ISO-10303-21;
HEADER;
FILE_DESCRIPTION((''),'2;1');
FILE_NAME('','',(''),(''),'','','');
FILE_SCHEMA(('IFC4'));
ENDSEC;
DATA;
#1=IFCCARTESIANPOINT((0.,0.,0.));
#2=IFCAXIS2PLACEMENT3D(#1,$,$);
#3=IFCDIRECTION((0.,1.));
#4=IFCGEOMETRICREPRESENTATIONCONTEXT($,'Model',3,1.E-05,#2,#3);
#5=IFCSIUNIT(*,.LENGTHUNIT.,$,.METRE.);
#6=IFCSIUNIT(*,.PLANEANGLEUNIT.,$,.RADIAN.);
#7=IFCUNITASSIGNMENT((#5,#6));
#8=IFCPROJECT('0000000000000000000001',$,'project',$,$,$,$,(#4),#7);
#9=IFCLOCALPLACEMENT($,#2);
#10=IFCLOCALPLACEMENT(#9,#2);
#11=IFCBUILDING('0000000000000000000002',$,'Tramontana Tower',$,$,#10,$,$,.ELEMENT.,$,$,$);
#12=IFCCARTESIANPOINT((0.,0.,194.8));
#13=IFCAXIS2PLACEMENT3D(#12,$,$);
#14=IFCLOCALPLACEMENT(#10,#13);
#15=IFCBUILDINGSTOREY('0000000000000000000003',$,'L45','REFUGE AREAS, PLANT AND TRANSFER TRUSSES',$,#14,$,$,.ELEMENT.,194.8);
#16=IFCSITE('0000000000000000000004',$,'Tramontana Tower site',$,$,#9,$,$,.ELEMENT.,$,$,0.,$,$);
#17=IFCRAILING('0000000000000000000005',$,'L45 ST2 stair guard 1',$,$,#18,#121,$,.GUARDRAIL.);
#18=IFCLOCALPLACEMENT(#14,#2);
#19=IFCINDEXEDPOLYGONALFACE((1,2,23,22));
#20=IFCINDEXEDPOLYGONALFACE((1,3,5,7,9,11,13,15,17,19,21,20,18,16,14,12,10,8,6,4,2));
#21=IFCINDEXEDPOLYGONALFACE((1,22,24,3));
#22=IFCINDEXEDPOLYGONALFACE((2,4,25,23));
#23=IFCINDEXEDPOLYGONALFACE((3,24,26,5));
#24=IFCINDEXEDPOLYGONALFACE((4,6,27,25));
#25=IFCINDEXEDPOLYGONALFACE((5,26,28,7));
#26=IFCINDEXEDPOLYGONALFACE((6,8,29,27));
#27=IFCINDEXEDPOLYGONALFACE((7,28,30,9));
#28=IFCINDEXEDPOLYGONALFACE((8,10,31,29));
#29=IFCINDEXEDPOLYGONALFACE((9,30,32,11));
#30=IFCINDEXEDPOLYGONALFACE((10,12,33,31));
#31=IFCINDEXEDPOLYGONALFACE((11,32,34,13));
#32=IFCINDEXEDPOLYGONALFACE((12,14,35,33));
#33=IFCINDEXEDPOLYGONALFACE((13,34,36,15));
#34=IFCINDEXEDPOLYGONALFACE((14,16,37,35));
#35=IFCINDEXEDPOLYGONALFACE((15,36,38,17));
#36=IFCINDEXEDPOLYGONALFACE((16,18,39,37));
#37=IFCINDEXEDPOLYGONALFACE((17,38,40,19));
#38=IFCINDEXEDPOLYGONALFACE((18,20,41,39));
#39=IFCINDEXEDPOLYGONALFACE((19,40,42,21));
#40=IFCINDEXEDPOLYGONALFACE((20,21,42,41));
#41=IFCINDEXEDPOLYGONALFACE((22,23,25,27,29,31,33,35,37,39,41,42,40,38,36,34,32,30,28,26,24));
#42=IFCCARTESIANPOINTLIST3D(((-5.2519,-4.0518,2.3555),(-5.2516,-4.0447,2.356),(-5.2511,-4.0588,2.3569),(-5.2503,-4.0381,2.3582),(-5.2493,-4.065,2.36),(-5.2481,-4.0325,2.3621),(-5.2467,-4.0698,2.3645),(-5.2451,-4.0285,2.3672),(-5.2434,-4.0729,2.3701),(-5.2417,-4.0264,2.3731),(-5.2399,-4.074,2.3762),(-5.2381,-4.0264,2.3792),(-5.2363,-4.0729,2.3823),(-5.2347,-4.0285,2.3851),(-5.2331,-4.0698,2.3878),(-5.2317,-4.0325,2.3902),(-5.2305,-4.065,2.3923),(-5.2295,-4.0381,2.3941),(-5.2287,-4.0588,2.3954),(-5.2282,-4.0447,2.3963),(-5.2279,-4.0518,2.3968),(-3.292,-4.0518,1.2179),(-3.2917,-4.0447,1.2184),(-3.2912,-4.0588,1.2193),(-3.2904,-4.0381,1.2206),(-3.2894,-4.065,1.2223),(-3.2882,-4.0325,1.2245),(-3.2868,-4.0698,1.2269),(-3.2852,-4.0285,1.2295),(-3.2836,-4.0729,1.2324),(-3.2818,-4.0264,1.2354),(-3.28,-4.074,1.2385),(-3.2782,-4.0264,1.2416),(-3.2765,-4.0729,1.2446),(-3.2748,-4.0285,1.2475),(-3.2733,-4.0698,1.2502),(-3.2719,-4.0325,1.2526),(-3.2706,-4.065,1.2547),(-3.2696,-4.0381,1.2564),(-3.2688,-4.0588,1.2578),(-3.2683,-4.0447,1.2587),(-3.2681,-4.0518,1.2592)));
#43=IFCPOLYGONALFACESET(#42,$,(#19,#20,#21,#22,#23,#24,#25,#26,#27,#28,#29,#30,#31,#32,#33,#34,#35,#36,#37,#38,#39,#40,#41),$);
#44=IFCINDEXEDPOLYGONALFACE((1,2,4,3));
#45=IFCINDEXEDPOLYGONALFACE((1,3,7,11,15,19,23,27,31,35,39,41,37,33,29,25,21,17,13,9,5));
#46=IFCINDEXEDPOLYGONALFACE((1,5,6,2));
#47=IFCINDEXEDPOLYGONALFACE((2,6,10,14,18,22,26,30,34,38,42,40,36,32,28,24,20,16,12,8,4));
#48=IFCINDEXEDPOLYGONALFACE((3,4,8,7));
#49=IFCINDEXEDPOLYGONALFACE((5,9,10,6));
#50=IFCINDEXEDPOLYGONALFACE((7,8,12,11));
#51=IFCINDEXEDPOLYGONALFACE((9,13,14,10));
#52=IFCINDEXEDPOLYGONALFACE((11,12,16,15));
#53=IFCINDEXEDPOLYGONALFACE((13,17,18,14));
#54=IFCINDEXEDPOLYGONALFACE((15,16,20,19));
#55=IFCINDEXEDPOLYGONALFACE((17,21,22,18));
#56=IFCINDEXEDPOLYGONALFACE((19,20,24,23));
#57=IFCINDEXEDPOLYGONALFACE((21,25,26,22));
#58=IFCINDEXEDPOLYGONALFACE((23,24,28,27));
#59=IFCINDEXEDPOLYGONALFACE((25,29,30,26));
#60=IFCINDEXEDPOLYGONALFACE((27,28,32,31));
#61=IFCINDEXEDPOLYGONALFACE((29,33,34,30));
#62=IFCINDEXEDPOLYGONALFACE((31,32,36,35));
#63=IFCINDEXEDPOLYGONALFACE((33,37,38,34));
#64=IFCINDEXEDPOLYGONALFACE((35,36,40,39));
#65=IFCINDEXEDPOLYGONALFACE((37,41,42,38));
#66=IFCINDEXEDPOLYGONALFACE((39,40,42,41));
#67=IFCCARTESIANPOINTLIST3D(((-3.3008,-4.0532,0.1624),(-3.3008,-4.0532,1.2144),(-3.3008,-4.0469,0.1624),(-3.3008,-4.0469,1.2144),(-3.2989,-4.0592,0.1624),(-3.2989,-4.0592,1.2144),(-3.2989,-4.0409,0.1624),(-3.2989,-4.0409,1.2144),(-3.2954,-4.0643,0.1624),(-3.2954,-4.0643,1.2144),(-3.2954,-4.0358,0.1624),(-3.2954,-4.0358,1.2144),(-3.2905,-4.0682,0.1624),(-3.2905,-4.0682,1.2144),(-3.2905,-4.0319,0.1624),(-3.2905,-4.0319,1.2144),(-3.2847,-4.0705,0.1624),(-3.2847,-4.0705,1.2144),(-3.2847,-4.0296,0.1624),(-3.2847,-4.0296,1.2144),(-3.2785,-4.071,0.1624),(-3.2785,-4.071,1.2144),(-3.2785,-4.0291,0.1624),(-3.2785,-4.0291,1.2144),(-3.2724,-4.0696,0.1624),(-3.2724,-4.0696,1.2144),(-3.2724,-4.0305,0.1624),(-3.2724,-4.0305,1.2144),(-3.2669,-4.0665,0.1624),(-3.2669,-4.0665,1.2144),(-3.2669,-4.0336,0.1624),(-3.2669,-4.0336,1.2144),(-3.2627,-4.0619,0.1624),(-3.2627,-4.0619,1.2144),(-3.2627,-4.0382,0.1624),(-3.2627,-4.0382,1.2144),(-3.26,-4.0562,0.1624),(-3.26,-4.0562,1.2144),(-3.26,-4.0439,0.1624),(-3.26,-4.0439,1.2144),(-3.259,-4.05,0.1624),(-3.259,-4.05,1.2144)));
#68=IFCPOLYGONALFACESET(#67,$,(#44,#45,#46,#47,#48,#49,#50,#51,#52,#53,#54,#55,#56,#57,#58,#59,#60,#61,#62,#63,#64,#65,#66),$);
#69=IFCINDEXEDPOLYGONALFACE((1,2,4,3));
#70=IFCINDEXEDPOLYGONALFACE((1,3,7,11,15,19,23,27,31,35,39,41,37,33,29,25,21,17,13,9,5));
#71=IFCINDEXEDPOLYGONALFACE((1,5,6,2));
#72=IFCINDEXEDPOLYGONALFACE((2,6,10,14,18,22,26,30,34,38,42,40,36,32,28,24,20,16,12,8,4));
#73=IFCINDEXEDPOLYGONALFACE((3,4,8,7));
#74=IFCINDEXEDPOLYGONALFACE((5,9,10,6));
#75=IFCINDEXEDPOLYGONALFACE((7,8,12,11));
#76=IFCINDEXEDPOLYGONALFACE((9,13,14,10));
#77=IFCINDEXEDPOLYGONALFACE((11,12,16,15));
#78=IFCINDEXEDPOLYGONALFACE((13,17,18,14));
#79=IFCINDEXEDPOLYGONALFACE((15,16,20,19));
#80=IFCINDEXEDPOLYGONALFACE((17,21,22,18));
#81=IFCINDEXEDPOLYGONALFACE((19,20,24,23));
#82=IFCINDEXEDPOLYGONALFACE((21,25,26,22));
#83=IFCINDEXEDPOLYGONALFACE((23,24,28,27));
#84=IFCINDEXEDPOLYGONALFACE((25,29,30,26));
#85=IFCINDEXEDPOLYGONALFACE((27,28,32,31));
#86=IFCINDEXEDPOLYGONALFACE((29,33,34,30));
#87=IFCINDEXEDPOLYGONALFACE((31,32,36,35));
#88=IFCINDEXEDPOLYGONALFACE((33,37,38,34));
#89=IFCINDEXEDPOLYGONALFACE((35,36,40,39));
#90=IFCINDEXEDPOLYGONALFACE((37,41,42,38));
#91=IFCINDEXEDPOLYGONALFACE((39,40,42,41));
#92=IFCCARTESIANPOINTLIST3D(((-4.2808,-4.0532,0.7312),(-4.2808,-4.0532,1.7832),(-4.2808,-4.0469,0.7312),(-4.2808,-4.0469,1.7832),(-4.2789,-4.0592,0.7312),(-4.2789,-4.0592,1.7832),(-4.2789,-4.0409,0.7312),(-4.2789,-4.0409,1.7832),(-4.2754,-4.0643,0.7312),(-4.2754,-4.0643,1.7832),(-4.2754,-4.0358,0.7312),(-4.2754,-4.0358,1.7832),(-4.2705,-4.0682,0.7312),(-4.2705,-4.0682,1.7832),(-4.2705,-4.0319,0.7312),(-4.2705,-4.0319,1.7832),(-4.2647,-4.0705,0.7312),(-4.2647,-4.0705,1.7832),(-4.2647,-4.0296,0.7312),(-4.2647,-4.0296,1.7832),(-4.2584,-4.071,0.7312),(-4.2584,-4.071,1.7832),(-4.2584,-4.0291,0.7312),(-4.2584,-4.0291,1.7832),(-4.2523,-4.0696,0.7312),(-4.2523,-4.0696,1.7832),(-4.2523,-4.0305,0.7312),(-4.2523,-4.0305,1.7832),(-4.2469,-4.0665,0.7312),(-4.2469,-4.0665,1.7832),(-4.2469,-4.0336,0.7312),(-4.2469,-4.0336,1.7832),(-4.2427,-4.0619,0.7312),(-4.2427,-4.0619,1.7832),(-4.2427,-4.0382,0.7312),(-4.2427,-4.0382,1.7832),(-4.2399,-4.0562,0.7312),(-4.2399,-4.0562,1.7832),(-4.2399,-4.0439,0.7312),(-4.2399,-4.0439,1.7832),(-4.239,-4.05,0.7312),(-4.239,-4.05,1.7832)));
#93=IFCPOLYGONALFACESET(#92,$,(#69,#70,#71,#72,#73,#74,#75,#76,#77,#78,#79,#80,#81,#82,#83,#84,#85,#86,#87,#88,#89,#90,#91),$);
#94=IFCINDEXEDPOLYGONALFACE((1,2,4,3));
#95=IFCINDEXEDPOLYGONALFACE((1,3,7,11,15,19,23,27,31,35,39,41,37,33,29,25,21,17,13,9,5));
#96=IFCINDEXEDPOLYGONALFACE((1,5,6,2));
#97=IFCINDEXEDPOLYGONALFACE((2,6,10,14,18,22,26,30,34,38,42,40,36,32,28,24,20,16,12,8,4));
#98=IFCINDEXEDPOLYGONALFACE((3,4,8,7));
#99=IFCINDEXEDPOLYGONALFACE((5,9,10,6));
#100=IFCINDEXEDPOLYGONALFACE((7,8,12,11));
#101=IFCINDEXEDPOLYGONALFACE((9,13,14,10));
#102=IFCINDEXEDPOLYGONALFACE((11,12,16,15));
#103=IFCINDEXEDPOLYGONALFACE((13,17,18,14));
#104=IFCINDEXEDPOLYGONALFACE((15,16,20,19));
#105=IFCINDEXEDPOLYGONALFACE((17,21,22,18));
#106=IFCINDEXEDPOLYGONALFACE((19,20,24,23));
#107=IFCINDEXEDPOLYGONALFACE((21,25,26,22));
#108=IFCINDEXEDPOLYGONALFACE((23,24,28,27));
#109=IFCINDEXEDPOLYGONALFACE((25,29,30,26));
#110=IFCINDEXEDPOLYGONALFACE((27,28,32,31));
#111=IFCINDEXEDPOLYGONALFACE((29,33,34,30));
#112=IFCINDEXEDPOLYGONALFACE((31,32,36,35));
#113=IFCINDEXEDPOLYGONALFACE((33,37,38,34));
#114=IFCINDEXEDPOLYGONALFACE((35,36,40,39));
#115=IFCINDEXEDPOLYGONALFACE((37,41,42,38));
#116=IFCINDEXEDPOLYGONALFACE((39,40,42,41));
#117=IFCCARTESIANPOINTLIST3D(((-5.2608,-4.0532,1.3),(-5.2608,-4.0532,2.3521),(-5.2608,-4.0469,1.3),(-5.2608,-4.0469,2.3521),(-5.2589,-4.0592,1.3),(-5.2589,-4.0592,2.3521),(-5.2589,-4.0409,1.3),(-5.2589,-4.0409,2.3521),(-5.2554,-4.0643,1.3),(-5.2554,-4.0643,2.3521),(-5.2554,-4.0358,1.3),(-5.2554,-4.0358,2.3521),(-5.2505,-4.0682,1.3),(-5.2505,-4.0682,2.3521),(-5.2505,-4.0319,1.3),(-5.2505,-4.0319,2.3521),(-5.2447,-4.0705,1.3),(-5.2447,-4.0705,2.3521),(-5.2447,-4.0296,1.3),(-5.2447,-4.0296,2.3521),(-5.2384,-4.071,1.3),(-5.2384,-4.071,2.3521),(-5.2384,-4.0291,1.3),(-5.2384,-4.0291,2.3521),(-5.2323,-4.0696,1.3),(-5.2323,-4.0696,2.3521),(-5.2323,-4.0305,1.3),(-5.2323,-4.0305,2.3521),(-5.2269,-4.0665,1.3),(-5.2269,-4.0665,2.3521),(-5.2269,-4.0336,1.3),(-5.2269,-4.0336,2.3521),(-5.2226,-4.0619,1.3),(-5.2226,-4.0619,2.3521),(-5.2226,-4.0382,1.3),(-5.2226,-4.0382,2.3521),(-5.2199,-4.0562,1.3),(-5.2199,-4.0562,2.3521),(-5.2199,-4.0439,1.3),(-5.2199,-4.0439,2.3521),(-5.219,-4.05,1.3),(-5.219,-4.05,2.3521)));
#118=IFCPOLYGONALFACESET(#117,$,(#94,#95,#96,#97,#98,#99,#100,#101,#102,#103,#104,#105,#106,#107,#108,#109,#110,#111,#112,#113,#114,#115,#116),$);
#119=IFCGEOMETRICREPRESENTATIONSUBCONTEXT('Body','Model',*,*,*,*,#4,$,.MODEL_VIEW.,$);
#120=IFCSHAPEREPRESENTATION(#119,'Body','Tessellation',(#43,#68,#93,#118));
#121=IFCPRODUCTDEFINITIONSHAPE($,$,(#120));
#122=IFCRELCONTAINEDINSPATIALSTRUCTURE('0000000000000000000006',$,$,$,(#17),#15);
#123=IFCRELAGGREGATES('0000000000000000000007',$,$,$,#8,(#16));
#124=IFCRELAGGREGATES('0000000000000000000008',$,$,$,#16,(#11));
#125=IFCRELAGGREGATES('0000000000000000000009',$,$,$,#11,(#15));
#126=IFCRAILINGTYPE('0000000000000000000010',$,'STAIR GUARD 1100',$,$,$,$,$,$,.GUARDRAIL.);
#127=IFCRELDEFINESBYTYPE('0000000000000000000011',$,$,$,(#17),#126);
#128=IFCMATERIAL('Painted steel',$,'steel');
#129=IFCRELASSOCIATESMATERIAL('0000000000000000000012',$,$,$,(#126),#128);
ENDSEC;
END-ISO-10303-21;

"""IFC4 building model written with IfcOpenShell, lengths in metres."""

from ifc_helpers import new_model, si_unit, direction, frame, origin, origin_2d, place, context, subcontext, project, spatial, circle, extrude, material, type_object, element, save


model = new_model("IFC4")

# Units and contexts
model_context = context("Model", 3, precision=1e-05, world=origin(), true_north=direction((0.0, 1.0)))
body_context = subcontext(model_context, "Body", "Model", "MODEL_VIEW")
ifc_project = project(units=[si_unit("LENGTHUNIT", "METRE"), si_unit("PLANEANGLEUNIT", "RADIAN")], contexts=[model_context])

# Site, building, storey
site_placement = place(None, origin())
site = spatial("IfcSite", under=ifc_project, at=site_placement, Name="Tramontana Tower site", CompositionType="ELEMENT", RefElevation=0.0)
building_placement = place(site_placement, origin())
building = spatial("IfcBuilding", under=site, at=building_placement, Name="Tramontana Tower", CompositionType="ELEMENT")
storey_placement = place(building_placement, frame((0.0, 0.0, 194.8)))
storey = spatial("IfcBuildingStorey", under=building, at=storey_placement, Name="L45", Description="REFUGE AREAS, PLANT AND TRANSFER TRUSSES", CompositionType="ELEMENT", Elevation=194.8)

# Railing
ifc_material_1 = material(Name="Painted steel", Category="steel")
railing_type_1 = type_object("IfcRailingType", Name="STAIR GUARD 1100", PredefinedType="GUARDRAIL", material=ifc_material_1)
railing_1_placement = place(storey_placement, frame((-3.28, -4.05, 0.1624)))
element("IfcRailing", 1, at=railing_1_placement, inside=storey, type_object=railing_type_1, Name="L45 ST2 stair guard 1", PredefinedType="GUARDRAIL", context=body_context, shape_type="SweptSolid", body=[
    extrude(circle(Radius=0.0239, at=origin_2d()), frame((0.0, 0.0, 1.0762), z_axis=(-0.864855, 0.0, 0.502021), x_axis=(0.0, -1.0, 0.0)), (0.0, 0.0, 1.0), 2.2661),
    extrude(circle(Radius=0.021, at=origin_2d()), origin(), (0.0, 0.0, 1.0), 1.052),
    extrude(circle(Radius=0.021, at=origin_2d()), frame((-0.98, 0.0, 0.5688)), (0.0, 0.0, 1.0), 1.052),
    extrude(circle(Radius=0.021, at=origin_2d()), frame((-1.96, 0.0, 1.1377)), (0.0, 0.0, 1.0), 1.052),
])

save(model, "model.ifc")
